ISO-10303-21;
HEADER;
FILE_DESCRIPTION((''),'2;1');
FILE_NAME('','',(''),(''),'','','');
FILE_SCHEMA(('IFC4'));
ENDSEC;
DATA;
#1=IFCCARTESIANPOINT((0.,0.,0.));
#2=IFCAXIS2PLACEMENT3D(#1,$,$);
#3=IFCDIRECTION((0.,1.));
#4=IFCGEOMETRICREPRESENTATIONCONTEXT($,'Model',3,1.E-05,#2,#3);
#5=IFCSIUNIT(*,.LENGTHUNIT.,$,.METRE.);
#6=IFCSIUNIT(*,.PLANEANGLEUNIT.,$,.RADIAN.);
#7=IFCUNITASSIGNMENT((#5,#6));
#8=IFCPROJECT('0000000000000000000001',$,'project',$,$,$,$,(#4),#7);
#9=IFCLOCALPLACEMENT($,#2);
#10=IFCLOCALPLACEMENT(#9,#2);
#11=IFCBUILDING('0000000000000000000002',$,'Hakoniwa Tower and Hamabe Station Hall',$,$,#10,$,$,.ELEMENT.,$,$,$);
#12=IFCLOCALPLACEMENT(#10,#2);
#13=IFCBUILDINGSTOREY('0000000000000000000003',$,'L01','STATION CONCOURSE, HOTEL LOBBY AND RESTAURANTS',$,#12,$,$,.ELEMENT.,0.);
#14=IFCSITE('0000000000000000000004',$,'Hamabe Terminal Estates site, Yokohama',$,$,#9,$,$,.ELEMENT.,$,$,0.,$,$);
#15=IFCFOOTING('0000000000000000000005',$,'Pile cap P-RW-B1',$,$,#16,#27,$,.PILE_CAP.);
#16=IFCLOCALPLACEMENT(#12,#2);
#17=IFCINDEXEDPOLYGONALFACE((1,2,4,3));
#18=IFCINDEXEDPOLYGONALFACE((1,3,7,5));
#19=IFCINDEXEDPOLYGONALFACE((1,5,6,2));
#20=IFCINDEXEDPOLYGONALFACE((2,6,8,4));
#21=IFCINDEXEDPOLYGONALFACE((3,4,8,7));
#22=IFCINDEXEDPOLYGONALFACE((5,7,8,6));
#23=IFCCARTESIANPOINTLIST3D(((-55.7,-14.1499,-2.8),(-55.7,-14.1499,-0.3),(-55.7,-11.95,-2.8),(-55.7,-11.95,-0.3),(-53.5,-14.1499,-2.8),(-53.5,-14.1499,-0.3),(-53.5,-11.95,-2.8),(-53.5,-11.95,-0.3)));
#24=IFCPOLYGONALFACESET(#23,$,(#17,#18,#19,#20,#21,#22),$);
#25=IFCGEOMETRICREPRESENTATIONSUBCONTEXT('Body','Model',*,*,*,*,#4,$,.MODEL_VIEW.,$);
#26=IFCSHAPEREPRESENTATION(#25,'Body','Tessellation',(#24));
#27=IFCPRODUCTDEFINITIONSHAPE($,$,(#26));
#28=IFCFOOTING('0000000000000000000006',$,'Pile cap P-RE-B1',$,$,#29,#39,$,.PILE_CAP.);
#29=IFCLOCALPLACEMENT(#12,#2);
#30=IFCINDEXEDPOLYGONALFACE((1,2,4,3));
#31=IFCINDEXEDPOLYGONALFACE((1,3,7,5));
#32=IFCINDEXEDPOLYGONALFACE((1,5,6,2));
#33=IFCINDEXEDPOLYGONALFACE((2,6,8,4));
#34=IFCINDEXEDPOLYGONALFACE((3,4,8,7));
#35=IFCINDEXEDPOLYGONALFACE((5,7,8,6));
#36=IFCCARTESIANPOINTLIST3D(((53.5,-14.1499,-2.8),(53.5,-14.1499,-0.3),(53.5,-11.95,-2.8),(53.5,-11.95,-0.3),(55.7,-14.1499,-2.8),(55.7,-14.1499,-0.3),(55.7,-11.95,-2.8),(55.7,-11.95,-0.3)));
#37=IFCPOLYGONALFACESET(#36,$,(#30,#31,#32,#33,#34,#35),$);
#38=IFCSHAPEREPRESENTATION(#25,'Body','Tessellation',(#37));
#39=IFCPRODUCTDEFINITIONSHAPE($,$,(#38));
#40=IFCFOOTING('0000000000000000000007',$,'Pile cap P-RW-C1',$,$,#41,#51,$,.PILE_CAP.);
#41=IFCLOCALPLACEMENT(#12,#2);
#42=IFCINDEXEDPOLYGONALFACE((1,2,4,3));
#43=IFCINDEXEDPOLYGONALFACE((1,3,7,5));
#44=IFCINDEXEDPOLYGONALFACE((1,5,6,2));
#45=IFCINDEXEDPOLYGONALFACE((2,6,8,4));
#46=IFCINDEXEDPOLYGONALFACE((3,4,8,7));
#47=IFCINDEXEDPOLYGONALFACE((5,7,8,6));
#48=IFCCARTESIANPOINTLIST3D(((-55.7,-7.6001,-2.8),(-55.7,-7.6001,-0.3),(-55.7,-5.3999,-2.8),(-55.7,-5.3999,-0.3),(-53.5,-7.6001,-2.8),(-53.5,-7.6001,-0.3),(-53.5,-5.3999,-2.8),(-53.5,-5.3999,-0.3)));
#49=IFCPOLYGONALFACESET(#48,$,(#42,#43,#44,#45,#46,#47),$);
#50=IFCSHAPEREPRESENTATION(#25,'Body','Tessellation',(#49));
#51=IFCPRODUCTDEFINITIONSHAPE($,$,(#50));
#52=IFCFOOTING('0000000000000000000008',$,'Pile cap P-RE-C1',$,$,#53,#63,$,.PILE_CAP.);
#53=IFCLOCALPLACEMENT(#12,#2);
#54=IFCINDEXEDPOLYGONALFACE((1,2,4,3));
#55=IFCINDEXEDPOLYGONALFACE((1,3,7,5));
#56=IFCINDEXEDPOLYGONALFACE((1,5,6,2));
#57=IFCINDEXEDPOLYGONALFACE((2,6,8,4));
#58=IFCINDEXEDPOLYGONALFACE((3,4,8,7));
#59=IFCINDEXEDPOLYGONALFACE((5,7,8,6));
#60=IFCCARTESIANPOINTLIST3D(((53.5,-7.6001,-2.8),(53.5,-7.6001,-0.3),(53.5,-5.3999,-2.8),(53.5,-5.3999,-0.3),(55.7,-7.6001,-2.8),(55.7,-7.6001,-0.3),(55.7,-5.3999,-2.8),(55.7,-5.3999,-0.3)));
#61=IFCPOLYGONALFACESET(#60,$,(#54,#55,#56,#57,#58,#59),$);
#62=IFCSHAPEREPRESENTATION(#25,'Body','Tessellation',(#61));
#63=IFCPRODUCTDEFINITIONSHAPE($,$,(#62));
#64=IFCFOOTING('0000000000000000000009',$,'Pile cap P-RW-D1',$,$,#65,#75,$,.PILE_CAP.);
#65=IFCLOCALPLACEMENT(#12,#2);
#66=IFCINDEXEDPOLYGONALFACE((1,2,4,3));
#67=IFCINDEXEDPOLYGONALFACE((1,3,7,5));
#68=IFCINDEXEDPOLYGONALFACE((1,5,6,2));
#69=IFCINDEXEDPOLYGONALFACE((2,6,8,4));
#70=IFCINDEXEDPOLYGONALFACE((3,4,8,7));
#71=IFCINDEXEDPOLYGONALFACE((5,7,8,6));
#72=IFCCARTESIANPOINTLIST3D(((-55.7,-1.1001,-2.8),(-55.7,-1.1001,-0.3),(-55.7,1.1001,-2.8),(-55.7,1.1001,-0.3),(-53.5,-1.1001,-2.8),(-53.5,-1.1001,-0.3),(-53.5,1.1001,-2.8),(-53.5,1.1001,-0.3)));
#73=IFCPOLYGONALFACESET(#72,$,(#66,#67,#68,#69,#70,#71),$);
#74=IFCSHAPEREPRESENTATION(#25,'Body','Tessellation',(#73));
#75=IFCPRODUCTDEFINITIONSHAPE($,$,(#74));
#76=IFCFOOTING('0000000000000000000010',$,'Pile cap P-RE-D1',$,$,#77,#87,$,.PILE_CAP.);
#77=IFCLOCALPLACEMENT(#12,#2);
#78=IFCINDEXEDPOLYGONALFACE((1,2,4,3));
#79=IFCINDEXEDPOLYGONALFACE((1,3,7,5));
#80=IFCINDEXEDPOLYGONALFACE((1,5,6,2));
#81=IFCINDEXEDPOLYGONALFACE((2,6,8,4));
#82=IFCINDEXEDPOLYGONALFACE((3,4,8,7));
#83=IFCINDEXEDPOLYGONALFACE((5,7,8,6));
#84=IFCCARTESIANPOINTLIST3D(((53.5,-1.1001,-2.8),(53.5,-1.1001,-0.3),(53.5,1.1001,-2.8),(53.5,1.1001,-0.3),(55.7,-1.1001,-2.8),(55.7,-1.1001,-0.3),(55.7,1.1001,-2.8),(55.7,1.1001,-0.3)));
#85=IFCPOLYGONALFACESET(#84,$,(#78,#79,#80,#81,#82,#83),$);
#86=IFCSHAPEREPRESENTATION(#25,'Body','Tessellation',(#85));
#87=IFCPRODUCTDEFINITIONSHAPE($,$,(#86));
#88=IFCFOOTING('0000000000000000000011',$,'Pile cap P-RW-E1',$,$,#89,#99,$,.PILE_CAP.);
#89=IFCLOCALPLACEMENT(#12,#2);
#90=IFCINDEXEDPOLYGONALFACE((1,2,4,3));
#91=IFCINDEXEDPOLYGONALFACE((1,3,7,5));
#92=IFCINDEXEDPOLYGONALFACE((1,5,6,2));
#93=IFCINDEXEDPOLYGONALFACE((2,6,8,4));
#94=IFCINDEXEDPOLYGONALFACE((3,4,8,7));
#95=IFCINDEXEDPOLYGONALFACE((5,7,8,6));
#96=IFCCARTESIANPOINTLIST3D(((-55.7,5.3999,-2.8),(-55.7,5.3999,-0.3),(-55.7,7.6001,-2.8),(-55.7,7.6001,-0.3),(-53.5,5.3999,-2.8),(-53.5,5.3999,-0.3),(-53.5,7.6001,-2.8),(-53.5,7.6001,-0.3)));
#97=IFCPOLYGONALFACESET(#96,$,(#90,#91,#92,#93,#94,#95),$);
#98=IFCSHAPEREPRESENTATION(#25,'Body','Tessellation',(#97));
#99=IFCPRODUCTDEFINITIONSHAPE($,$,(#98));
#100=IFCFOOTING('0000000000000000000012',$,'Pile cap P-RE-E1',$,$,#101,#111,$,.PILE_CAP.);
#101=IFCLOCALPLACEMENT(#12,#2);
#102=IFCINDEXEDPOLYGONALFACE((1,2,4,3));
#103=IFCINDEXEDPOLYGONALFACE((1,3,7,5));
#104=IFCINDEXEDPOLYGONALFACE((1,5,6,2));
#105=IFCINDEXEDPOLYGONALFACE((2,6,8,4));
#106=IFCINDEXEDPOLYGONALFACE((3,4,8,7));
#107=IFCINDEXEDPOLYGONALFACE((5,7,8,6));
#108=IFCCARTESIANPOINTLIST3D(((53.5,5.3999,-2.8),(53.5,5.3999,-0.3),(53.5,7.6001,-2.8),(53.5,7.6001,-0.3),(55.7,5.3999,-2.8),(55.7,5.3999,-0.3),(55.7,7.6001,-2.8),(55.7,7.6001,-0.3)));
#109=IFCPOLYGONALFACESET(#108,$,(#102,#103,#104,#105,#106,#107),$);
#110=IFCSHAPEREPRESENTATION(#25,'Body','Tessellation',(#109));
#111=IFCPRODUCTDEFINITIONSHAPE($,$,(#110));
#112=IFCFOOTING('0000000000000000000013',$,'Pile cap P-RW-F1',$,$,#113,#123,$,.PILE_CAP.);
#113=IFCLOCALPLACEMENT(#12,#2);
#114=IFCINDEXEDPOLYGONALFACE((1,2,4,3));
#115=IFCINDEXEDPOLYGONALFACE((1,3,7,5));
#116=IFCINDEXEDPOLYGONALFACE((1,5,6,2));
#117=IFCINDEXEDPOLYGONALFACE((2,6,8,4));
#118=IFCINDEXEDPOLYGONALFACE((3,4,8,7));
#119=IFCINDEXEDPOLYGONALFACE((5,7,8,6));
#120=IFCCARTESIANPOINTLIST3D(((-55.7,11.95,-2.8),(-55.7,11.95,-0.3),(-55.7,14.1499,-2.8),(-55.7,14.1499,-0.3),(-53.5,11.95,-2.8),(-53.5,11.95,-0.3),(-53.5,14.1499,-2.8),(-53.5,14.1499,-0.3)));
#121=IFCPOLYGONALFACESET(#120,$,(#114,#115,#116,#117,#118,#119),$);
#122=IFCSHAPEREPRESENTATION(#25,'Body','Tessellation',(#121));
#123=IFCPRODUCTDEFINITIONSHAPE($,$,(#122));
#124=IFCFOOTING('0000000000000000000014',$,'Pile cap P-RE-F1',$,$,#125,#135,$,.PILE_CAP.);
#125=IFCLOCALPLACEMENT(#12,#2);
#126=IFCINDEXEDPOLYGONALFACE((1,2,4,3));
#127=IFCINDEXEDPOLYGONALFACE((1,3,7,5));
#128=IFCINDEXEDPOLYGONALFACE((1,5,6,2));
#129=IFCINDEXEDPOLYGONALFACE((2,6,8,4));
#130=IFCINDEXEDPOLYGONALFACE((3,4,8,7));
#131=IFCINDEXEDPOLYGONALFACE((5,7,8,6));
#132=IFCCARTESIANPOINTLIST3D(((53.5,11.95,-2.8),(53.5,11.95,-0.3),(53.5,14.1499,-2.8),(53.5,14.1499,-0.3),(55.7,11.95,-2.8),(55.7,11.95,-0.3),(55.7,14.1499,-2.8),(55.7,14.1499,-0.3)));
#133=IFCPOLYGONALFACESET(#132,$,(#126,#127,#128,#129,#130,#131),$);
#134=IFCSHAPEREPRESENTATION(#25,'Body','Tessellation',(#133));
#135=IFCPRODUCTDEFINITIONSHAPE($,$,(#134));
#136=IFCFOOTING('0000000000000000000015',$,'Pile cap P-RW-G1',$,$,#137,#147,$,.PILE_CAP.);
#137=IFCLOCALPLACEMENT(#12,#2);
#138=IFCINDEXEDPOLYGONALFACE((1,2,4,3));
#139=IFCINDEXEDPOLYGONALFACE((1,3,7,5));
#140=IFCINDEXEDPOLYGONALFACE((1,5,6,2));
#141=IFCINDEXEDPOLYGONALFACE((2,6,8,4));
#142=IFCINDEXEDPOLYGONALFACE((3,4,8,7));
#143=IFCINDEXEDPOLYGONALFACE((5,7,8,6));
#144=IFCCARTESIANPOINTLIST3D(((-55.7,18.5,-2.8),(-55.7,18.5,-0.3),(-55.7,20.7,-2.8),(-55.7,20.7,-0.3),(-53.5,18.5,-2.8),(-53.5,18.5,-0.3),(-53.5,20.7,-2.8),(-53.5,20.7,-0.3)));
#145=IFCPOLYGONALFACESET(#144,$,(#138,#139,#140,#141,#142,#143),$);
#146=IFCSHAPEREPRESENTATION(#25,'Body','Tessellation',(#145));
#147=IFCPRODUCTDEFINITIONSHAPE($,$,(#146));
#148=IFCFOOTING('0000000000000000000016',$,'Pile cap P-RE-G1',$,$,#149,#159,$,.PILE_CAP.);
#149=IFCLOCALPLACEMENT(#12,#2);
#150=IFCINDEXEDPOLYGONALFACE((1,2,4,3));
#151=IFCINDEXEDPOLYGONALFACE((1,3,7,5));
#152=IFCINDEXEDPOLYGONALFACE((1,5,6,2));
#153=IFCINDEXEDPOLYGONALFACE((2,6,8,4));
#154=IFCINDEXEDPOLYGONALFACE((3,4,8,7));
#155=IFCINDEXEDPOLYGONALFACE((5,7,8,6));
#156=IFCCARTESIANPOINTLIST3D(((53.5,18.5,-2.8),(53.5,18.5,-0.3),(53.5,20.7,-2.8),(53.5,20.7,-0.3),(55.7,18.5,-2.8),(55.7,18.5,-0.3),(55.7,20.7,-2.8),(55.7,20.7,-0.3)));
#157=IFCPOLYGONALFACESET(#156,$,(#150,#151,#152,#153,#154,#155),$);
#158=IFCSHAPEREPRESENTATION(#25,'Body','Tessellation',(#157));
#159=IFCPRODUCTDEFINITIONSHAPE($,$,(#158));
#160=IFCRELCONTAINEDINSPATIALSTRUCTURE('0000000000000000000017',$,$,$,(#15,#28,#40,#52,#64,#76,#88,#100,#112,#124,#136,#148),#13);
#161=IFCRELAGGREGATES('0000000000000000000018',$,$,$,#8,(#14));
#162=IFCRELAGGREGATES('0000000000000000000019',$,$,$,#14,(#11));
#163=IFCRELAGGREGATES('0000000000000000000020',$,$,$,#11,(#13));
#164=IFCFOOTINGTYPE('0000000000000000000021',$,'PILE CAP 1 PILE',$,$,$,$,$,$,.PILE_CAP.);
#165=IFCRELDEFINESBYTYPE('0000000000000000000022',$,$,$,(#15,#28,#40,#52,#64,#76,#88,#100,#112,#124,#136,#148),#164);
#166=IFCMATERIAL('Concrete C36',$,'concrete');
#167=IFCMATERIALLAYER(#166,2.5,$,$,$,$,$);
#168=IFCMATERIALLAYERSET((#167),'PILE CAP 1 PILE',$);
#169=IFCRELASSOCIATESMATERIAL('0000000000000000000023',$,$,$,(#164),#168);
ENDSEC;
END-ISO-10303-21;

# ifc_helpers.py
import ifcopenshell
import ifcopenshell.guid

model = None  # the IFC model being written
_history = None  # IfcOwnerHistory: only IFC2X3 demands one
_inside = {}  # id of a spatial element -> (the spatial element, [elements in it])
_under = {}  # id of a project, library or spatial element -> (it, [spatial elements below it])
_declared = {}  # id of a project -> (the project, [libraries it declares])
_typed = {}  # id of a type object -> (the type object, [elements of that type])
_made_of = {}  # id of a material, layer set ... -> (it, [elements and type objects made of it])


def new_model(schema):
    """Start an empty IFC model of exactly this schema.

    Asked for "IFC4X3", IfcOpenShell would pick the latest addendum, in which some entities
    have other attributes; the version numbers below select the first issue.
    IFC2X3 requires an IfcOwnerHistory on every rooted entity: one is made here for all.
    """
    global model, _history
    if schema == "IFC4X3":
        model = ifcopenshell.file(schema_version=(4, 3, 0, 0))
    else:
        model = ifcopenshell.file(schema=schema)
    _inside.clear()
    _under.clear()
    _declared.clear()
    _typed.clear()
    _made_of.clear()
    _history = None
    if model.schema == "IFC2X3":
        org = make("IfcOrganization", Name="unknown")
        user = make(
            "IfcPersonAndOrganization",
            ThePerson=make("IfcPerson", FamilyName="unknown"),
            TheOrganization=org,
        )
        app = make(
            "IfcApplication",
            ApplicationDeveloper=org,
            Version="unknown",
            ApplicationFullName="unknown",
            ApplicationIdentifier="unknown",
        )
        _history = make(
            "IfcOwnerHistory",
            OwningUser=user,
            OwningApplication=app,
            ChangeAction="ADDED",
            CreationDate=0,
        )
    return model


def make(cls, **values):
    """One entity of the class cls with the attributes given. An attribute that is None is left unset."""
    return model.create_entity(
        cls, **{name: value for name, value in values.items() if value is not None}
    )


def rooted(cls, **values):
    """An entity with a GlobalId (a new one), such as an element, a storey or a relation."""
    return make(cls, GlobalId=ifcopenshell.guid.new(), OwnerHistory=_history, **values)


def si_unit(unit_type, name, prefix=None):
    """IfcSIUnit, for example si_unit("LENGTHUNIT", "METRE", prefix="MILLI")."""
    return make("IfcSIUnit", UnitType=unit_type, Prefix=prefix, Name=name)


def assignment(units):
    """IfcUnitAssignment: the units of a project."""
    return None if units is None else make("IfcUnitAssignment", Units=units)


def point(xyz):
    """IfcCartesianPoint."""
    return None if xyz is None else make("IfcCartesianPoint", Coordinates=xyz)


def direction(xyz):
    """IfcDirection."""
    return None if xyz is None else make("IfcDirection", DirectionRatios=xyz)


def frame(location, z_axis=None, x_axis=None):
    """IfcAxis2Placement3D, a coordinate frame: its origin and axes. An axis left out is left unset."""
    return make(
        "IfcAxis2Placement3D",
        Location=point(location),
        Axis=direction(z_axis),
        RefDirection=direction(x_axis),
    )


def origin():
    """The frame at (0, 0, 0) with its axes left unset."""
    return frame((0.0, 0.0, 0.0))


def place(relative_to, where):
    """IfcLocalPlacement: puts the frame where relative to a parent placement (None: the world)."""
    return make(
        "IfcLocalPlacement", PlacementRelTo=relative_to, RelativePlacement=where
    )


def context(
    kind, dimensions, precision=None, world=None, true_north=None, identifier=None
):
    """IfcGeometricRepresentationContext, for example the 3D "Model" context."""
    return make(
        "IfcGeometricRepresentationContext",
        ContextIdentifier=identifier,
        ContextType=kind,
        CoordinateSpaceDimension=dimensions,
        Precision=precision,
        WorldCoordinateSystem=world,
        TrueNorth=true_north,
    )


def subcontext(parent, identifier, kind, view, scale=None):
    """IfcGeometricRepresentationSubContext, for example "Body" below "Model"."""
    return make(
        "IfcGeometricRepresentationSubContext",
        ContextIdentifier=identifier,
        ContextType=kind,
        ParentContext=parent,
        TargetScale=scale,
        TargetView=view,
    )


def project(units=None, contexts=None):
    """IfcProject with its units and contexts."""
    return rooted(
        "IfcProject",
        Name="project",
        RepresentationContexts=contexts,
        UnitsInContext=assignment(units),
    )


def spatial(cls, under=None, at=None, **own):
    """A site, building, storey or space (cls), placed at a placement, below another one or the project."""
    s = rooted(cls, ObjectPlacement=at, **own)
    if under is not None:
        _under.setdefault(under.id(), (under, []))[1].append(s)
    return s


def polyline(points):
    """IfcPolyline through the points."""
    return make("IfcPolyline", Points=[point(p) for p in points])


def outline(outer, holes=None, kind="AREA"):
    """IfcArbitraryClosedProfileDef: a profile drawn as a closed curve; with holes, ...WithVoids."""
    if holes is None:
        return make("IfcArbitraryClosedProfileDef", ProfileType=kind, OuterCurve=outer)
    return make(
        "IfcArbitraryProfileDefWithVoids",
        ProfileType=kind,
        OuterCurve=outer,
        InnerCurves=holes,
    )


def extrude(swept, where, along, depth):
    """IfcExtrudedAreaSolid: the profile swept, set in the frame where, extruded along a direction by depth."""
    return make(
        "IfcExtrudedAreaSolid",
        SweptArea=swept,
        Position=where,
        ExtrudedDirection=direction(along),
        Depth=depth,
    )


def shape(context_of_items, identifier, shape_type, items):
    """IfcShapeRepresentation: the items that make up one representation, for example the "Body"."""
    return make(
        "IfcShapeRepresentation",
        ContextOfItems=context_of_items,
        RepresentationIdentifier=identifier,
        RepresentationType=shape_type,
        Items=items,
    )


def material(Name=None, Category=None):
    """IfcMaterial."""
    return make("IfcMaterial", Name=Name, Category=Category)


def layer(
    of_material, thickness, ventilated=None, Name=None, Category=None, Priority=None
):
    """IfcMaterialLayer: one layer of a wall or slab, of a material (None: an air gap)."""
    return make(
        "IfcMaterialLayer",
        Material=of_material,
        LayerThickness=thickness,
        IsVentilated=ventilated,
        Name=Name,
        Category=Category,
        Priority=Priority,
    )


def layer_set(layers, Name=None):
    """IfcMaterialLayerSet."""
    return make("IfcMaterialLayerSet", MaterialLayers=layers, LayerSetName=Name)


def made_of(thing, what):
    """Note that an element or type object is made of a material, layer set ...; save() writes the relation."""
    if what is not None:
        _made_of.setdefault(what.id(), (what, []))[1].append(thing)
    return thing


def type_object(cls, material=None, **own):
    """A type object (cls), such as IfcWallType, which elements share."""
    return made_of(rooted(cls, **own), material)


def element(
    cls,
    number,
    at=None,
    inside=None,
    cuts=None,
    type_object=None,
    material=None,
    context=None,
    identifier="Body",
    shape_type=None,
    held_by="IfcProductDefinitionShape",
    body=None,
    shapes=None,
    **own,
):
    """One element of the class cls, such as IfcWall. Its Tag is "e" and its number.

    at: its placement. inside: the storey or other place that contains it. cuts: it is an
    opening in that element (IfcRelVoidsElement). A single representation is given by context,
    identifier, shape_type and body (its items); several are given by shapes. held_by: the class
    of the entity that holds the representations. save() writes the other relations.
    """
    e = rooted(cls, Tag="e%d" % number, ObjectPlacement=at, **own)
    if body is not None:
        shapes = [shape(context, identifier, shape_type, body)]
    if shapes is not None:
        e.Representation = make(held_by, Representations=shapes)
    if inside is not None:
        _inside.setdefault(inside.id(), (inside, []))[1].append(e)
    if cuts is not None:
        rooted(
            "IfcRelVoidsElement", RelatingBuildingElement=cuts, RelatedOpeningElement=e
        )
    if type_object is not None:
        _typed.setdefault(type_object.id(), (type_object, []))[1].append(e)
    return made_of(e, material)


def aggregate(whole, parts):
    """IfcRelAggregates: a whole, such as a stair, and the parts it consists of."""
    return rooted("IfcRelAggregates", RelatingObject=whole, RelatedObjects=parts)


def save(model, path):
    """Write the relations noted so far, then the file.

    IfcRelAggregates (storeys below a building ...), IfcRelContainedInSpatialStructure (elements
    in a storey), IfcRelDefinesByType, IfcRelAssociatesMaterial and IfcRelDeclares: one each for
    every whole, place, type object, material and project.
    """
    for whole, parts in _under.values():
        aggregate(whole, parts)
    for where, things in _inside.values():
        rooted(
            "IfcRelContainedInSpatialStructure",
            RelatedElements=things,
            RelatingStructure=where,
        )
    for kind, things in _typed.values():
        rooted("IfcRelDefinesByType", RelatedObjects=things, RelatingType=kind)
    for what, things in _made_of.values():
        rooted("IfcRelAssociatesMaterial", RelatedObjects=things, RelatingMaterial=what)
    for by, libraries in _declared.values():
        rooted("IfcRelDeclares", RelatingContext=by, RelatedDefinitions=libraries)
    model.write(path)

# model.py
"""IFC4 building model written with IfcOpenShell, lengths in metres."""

from ifc_helpers import new_model, si_unit, direction, frame, origin, place, context, subcontext, project, spatial, polyline, outline, extrude, material, layer, layer_set, type_object, element, save


model = new_model("IFC4")

# Units and contexts
model_context = context("Model", 3, precision=1e-05, world=origin(), true_north=direction((0.0, 1.0)))
body_context = subcontext(model_context, "Body", "Model", "MODEL_VIEW")
ifc_project = project(units=[si_unit("LENGTHUNIT", "METRE"), si_unit("PLANEANGLEUNIT", "RADIAN")], contexts=[model_context])

# Site, building, storey
site_placement = place(None, origin())
site = spatial("IfcSite", under=ifc_project, at=site_placement, Name="Hamabe Terminal Estates site, Yokohama", CompositionType="ELEMENT", RefElevation=0.0)
building_placement = place(site_placement, origin())
building = spatial("IfcBuilding", under=site, at=building_placement, Name="Hakoniwa Tower and Hamabe Station Hall", CompositionType="ELEMENT")
storey_placement = place(building_placement, origin())
storey = spatial("IfcBuildingStorey", under=building, at=storey_placement, Name="L01", Description="STATION CONCOURSE, HOTEL LOBBY AND RESTAURANTS", CompositionType="ELEMENT", Elevation=0.0)

# Footings
ifc_material_1 = material(Name="Concrete C36", Category="concrete")
ifc_layer_1 = layer(ifc_material_1, 2.5)
ifc_layer_set_1 = layer_set([ifc_layer_1], Name="PILE CAP 1 PILE")
footing_type_1 = type_object("IfcFootingType", Name="PILE CAP 1 PILE", PredefinedType="PILE_CAP", material=ifc_layer_set_1)
footing_1_placement = place(storey_placement, frame((0.0, 0.0, -2.8)))
element("IfcFooting", 1, at=footing_1_placement, inside=storey, type_object=footing_type_1, Name="Pile cap P-RW-B1", PredefinedType="PILE_CAP", context=body_context, shape_type="SweptSolid", body=[
    extrude(outline(polyline([(-53.5, -14.1499), (-53.5, -11.95), (-55.7, -11.95), (-55.7, -14.1499), (-53.5, -14.1499)])), origin(), (0.0, 0.0, 1.0), 2.5),
])
footing_2_placement = place(storey_placement, frame((0.0, 0.0, -2.8)))
element("IfcFooting", 2, at=footing_2_placement, inside=storey, type_object=footing_type_1, Name="Pile cap P-RE-B1", PredefinedType="PILE_CAP", context=body_context, shape_type="SweptSolid", body=[
    extrude(outline(polyline([(55.7, -14.1499), (55.7, -11.95), (53.5, -11.95), (53.5, -14.1499), (55.7, -14.1499)])), origin(), (0.0, 0.0, 1.0), 2.5),
])
footing_3_placement = place(storey_placement, frame((0.0, 0.0, -2.8)))
element("IfcFooting", 3, at=footing_3_placement, inside=storey, type_object=footing_type_1, Name="Pile cap P-RW-C1", PredefinedType="PILE_CAP", context=body_context, shape_type="SweptSolid", body=[
    extrude(outline(polyline([(-53.5, -7.6001), (-53.5, -5.3999), (-55.7, -5.3999), (-55.7, -7.6001), (-53.5, -7.6001)])), origin(), (0.0, 0.0, 1.0), 2.5),
])
footing_4_placement = place(storey_placement, frame((0.0, 0.0, -2.8)))
element("IfcFooting", 4, at=footing_4_placement, inside=storey, type_object=footing_type_1, Name="Pile cap P-RE-C1", PredefinedType="PILE_CAP", context=body_context, shape_type="SweptSolid", body=[
    extrude(outline(polyline([(55.7, -7.6001), (55.7, -5.3999), (53.5, -5.3999), (53.5, -7.6001), (55.7, -7.6001)])), origin(), (0.0, 0.0, 1.0), 2.5),
])
footing_5_placement = place(storey_placement, frame((0.0, 0.0, -2.8)))
element("IfcFooting", 5, at=footing_5_placement, inside=storey, type_object=footing_type_1, Name="Pile cap P-RW-D1", PredefinedType="PILE_CAP", context=body_context, shape_type="SweptSolid", body=[
    extrude(outline(polyline([(-53.5, -1.1001), (-53.5, 1.1001), (-55.7, 1.1001), (-55.7, -1.1001), (-53.5, -1.1001)])), origin(), (0.0, 0.0, 1.0), 2.5),
])
footing_6_placement = place(storey_placement, frame((0.0, 0.0, -2.8)))
element("IfcFooting", 6, at=footing_6_placement, inside=storey, type_object=footing_type_1, Name="Pile cap P-RE-D1", PredefinedType="PILE_CAP", context=body_context, shape_type="SweptSolid", body=[
    extrude(outline(polyline([(55.7, -1.1001), (55.7, 1.1001), (53.5, 1.1001), (53.5, -1.1001), (55.7, -1.1001)])), origin(), (0.0, 0.0, 1.0), 2.5),
])
footing_7_placement = place(storey_placement, frame((0.0, 0.0, -2.8)))
element("IfcFooting", 7, at=footing_7_placement, inside=storey, type_object=footing_type_1, Name="Pile cap P-RW-E1", PredefinedType="PILE_CAP", context=body_context, shape_type="SweptSolid", body=[
    extrude(outline(polyline([(-53.5, 5.3999), (-53.5, 7.6001), (-55.7, 7.6001), (-55.7, 5.3999), (-53.5, 5.3999)])), origin(), (0.0, 0.0, 1.0), 2.5),
])
footing_8_placement = place(storey_placement, frame((0.0, 0.0, -2.8)))
element("IfcFooting", 8, at=footing_8_placement, inside=storey, type_object=footing_type_1, Name="Pile cap P-RE-E1", PredefinedType="PILE_CAP", context=body_context, shape_type="SweptSolid", body=[
    extrude(outline(polyline([(55.7, 5.3999), (55.7, 7.6001), (53.5, 7.6001), (53.5, 5.3999), (55.7, 5.3999)])), origin(), (0.0, 0.0, 1.0), 2.5),
])
footing_9_placement = place(storey_placement, frame((0.0, 0.0, -2.8)))
element("IfcFooting", 9, at=footing_9_placement, inside=storey, type_object=footing_type_1, Name="Pile cap P-RW-F1", PredefinedType="PILE_CAP", context=body_context, shape_type="SweptSolid", body=[
    extrude(outline(polyline([(-53.5, 11.95), (-53.5, 14.1499), (-55.7, 14.1499), (-55.7, 11.95), (-53.5, 11.95)])), origin(), (0.0, 0.0, 1.0), 2.5),
])
footing_10_placement = place(storey_placement, frame((0.0, 0.0, -2.8)))
element("IfcFooting", 10, at=footing_10_placement, inside=storey, type_object=footing_type_1, Name="Pile cap P-RE-F1", PredefinedType="PILE_CAP", context=body_context, shape_type="SweptSolid", body=[
    extrude(outline(polyline([(55.7, 11.95), (55.7, 14.1499), (53.5, 14.1499), (53.5, 11.95), (55.7, 11.95)])), origin(), (0.0, 0.0, 1.0), 2.5),
])
footing_11_placement = place(storey_placement, frame((0.0, 0.0, -2.8)))
element("IfcFooting", 11, at=footing_11_placement, inside=storey, type_object=footing_type_1, Name="Pile cap P-RW-G1", PredefinedType="PILE_CAP", context=body_context, shape_type="SweptSolid", body=[
    extrude(outline(polyline([(-53.5, 18.5), (-53.5, 20.7), (-55.7, 20.7), (-55.7, 18.5), (-53.5, 18.5)])), origin(), (0.0, 0.0, 1.0), 2.5),
])
footing_12_placement = place(storey_placement, frame((0.0, 0.0, -2.8)))
element("IfcFooting", 12, at=footing_12_placement, inside=storey, type_object=footing_type_1, Name="Pile cap P-RE-G1", PredefinedType="PILE_CAP", context=body_context, shape_type="SweptSolid", body=[
    extrude(outline(polyline([(55.7, 18.5), (55.7, 20.7), (53.5, 20.7), (53.5, 18.5), (55.7, 18.5)])), origin(), (0.0, 0.0, 1.0), 2.5),
])

save(model, "model.ifc")
